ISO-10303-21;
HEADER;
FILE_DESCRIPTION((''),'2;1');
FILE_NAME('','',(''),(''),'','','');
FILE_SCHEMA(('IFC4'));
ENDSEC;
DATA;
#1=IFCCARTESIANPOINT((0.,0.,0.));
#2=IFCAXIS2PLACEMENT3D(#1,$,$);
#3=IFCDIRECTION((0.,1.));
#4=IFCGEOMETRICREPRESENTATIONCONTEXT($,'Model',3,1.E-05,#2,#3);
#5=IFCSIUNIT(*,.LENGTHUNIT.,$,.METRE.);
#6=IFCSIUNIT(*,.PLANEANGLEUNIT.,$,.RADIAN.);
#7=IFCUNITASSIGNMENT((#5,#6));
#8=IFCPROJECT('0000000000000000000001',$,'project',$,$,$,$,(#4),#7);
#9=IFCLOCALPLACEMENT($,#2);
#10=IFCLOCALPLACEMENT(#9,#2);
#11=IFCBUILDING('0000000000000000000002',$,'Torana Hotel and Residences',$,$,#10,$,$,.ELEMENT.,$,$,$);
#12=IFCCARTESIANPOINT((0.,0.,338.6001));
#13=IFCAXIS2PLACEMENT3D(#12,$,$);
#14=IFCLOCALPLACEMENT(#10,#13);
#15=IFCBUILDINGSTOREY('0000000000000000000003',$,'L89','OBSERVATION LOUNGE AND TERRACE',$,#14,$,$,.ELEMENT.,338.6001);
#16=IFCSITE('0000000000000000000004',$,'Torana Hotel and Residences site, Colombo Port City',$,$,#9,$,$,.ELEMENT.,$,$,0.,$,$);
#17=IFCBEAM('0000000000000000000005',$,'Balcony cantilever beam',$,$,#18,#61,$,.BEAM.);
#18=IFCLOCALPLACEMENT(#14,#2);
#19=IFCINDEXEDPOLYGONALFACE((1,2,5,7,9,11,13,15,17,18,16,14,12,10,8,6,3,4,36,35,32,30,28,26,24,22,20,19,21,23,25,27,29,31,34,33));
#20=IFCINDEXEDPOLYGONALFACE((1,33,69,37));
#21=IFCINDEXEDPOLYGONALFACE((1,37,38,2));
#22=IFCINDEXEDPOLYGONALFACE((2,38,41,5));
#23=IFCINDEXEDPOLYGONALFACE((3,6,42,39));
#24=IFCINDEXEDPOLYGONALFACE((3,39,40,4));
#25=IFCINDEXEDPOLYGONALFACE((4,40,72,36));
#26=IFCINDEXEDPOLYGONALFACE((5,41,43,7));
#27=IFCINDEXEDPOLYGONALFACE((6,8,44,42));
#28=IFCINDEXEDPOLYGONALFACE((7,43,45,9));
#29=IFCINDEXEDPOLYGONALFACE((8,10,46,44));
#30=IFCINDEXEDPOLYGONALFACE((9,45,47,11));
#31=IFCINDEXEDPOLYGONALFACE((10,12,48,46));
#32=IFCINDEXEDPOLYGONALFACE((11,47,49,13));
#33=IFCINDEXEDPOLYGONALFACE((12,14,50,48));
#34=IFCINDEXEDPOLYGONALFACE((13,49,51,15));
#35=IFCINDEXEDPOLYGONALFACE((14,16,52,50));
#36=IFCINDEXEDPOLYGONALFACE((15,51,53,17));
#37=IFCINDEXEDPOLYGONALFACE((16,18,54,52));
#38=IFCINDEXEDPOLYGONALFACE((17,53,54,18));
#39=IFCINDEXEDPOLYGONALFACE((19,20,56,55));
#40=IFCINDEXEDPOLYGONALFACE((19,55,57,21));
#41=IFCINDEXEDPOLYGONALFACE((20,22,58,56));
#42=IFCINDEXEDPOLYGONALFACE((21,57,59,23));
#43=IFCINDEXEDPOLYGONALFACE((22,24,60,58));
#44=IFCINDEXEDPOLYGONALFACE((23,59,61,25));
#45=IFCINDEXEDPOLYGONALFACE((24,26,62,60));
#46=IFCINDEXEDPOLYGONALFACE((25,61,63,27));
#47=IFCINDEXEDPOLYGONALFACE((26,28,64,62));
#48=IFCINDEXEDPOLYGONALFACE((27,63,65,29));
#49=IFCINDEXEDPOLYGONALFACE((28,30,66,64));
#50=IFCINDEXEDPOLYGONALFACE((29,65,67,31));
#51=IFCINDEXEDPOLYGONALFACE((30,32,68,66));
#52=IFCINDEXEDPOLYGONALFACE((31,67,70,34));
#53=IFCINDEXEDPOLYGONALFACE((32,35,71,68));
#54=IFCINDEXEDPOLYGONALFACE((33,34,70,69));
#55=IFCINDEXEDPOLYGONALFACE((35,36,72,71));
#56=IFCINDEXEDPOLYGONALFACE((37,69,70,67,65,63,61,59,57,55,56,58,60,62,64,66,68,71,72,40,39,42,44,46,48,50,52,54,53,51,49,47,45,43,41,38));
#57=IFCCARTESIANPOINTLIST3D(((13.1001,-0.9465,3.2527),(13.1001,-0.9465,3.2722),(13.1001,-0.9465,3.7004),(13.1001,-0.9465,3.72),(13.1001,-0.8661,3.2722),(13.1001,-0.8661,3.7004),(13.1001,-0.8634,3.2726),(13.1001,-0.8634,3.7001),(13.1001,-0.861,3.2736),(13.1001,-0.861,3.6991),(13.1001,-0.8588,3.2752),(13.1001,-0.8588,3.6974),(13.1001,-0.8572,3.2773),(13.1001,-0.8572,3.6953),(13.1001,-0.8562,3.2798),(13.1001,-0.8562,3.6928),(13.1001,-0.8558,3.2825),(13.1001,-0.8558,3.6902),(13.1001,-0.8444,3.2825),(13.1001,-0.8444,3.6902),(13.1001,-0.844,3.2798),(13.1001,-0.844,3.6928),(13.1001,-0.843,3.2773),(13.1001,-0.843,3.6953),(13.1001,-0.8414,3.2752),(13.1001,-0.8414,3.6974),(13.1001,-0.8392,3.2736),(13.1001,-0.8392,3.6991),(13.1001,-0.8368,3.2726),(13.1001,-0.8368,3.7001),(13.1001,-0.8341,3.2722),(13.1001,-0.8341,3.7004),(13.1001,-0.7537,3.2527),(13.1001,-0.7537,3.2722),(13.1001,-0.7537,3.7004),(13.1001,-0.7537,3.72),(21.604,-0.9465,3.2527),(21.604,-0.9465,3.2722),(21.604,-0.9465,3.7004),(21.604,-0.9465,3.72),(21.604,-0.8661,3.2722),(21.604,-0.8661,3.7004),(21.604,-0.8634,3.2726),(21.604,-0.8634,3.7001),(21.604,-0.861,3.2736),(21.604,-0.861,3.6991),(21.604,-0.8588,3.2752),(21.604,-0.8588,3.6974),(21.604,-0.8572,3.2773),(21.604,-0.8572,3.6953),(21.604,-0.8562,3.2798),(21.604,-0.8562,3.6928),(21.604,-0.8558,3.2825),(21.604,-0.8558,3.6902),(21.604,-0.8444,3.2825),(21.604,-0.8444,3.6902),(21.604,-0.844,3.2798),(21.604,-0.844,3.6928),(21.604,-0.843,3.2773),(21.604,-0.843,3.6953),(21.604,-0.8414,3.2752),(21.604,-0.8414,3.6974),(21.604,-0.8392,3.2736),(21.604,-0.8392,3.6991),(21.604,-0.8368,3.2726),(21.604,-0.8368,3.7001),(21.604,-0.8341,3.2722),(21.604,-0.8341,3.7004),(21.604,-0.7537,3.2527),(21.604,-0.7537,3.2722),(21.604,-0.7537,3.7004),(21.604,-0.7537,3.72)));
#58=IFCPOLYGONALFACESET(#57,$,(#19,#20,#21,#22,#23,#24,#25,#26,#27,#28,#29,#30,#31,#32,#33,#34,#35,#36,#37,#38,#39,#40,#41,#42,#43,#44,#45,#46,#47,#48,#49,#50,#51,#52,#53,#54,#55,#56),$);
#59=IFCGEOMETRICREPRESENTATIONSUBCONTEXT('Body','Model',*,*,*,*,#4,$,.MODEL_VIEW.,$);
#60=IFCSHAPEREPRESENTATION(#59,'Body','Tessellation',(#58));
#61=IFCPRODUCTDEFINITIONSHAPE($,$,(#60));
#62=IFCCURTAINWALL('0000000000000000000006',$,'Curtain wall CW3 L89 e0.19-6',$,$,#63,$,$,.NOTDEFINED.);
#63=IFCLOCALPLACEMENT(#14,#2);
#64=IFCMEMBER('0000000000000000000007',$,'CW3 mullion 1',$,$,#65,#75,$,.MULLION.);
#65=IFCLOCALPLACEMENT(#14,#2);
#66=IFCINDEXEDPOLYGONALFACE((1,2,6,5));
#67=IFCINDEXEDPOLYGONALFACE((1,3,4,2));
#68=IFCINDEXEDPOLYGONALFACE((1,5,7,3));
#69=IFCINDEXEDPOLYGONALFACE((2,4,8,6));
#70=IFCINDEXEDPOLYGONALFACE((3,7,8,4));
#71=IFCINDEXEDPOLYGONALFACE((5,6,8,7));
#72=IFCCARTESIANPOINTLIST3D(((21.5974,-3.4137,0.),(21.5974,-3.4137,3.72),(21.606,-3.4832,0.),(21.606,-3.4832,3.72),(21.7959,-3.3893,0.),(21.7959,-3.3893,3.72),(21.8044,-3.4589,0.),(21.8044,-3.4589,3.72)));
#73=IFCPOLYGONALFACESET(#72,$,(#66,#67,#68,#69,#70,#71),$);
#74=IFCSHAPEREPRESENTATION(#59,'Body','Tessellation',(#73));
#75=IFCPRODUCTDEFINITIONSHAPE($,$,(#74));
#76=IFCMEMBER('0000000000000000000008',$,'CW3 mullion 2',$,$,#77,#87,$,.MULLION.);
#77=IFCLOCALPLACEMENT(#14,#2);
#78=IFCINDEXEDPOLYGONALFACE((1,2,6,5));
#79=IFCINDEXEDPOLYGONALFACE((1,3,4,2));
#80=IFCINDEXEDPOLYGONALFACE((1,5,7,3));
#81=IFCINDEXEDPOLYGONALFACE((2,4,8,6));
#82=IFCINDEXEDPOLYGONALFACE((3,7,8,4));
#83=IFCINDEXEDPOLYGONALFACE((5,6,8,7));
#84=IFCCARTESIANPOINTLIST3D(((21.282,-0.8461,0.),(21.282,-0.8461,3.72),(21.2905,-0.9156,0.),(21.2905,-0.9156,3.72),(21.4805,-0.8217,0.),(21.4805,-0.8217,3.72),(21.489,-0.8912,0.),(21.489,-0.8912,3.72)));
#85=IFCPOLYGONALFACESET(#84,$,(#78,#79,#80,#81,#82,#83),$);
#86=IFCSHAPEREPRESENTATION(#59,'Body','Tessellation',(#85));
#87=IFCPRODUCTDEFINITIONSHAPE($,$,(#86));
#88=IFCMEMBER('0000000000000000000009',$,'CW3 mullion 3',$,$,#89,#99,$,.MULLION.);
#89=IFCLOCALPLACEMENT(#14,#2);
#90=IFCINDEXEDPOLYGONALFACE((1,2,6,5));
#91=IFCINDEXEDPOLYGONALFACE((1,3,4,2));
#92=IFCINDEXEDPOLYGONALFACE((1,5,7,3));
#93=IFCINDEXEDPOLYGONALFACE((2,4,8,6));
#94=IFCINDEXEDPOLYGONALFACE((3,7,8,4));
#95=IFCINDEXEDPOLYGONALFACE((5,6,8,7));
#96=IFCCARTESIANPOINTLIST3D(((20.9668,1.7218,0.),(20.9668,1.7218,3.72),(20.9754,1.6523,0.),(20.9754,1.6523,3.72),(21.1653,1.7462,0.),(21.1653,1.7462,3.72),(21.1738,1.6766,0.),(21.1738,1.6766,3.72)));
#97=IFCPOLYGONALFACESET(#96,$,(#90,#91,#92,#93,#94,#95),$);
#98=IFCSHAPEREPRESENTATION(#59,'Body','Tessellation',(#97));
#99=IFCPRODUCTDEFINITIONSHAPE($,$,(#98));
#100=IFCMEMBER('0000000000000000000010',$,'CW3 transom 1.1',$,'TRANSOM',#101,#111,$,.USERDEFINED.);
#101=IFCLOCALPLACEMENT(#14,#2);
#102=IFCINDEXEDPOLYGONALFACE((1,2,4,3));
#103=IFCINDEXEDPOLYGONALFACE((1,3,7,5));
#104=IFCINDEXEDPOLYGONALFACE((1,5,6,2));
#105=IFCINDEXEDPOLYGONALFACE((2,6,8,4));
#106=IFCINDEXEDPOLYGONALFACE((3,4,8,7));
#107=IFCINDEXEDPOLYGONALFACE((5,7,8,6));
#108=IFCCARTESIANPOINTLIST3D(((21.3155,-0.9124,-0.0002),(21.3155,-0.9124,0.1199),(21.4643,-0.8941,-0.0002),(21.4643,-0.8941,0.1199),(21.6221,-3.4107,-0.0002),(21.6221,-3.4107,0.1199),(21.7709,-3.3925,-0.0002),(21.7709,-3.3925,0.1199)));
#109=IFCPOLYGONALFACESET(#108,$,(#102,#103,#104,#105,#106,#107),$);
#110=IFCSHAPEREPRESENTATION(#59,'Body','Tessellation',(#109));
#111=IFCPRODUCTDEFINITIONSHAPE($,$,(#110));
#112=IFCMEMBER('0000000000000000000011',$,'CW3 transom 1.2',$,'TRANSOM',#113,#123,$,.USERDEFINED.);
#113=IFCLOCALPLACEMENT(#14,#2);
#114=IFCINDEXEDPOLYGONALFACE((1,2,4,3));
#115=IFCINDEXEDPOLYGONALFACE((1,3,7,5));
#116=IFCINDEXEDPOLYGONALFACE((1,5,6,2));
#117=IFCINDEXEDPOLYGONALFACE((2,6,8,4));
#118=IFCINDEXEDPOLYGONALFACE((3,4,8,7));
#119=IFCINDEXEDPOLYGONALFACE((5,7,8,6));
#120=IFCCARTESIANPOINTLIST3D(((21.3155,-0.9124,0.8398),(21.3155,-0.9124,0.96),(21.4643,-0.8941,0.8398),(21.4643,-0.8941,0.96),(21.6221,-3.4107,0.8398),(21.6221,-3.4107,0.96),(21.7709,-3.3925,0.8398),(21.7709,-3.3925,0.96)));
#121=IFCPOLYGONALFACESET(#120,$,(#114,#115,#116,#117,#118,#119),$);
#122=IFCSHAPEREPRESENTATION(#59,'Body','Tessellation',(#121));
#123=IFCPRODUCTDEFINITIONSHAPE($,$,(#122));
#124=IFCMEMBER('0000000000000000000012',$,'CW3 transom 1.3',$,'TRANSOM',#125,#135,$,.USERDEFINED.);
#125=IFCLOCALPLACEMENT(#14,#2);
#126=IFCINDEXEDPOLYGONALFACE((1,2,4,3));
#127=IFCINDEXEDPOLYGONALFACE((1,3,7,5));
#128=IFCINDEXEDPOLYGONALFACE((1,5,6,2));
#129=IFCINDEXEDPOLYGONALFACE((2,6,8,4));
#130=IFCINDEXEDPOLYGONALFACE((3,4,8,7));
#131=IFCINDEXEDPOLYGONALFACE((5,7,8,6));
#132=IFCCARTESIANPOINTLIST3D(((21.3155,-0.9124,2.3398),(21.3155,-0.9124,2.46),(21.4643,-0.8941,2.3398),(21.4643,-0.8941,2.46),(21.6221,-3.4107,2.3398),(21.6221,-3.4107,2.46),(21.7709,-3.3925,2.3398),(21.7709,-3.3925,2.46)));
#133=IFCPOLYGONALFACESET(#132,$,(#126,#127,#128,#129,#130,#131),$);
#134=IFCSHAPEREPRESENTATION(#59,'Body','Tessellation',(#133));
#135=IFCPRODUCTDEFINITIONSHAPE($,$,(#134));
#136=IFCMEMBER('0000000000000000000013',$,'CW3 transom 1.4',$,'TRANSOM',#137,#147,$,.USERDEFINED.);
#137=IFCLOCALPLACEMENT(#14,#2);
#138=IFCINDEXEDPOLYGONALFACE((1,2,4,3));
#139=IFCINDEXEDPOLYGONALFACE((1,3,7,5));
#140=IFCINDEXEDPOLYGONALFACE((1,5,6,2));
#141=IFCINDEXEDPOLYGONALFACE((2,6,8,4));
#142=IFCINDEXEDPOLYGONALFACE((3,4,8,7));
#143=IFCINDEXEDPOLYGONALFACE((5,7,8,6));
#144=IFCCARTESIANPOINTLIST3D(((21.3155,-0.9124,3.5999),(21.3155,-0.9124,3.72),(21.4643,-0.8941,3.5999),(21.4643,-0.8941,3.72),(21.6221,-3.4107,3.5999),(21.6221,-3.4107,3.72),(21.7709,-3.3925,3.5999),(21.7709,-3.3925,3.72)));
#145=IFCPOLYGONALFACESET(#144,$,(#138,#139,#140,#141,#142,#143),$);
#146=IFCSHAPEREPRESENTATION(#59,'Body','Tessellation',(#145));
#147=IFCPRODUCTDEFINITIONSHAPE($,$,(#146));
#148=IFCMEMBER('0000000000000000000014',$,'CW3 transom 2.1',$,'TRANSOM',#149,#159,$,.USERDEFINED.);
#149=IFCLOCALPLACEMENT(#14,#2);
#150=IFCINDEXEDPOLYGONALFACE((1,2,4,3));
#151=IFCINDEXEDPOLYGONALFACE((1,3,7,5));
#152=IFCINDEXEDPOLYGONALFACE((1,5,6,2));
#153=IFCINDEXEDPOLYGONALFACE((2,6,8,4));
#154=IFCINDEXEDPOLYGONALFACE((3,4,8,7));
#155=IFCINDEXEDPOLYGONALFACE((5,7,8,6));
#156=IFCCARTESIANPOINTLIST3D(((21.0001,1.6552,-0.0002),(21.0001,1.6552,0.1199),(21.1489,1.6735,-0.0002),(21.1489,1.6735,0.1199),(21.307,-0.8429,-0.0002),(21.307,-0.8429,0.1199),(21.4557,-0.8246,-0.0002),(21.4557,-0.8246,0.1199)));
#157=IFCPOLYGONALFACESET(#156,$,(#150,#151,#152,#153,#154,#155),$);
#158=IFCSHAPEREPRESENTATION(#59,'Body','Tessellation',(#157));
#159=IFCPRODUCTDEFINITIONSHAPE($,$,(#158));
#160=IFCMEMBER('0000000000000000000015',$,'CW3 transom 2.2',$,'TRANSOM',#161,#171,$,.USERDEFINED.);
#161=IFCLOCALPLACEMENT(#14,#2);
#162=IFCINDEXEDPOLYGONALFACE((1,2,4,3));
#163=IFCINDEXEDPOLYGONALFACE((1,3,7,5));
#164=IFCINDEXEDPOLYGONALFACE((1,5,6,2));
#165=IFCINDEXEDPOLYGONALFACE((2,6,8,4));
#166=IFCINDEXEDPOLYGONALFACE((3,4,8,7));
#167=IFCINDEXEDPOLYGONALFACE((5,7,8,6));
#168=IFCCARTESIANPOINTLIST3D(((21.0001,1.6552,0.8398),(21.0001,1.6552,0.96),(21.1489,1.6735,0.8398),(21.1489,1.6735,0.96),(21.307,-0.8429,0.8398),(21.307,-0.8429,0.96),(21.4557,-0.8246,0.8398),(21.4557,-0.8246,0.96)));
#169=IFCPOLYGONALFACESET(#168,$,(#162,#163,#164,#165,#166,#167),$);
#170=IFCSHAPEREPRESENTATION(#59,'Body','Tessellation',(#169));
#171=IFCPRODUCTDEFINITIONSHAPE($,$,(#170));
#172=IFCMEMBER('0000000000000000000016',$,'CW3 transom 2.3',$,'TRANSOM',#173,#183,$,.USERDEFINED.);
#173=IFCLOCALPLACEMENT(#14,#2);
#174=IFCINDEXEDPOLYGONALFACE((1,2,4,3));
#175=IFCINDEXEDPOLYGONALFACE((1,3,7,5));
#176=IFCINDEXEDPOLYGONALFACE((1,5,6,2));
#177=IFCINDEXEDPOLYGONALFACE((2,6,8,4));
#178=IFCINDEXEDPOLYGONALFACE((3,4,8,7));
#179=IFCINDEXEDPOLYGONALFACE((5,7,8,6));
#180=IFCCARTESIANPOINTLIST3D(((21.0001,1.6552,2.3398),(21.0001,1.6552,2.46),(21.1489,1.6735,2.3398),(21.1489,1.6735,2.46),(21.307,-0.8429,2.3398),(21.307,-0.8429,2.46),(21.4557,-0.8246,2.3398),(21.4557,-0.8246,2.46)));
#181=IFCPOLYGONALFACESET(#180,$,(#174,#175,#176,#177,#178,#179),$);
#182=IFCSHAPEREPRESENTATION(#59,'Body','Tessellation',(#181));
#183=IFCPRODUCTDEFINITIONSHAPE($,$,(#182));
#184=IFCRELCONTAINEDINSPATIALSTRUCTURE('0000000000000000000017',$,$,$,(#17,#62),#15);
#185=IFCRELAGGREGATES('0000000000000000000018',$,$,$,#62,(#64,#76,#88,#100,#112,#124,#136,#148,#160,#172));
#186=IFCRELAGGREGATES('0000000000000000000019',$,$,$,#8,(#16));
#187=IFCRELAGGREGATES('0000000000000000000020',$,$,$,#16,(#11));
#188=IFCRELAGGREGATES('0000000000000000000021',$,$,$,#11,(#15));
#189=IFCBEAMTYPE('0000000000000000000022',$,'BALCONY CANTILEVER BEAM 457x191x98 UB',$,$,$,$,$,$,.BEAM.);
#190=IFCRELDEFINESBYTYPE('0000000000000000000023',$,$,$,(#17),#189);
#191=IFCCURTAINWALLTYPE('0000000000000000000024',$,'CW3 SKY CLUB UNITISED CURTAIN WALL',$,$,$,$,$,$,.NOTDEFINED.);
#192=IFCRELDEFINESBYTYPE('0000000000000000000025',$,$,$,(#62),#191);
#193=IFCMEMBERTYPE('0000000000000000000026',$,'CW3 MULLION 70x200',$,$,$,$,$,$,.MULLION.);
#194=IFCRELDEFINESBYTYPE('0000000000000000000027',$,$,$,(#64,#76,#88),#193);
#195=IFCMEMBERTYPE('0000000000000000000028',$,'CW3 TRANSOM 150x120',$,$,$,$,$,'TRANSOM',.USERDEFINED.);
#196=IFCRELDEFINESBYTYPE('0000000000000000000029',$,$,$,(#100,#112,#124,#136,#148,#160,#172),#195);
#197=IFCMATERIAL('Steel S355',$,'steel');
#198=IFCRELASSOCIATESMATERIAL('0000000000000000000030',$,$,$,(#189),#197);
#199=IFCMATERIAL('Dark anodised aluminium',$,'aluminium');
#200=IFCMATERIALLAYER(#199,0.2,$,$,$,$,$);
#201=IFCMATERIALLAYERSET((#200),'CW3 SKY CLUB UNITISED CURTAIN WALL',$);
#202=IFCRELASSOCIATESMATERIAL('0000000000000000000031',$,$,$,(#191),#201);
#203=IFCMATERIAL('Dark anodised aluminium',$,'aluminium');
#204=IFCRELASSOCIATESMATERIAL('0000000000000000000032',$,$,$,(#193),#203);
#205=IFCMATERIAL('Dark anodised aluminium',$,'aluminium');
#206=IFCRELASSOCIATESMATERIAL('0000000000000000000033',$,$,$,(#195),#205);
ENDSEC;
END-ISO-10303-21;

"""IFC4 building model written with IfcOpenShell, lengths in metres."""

from ifc_helpers import new_model, si_unit, direction, frame, origin, origin_2d, place, context, subcontext, project, spatial, rectangle, i_section, extrude, material, layer, layer_set, material_profile, profile_set, type_object, element, aggregate, save


model = new_model("IFC4")

# Units and contexts
model_context = context("Model", 3, precision=1e-05, world=origin(), true_north=direction((0.0, 1.0)))
body_context = subcontext(model_context, "Body", "Model", "MODEL_VIEW")
ifc_project = project(units=[si_unit("LENGTHUNIT", "METRE"), si_unit("PLANEANGLEUNIT", "RADIAN")], contexts=[model_context])

# Site, building, storey
site_placement = place(None, origin())
site = spatial("IfcSite", under=ifc_project, at=site_placement, Name="Torana Hotel and Residences site, Colombo Port City", CompositionType="ELEMENT", RefElevation=0.0)
building_placement = place(site_placement, origin())
building = spatial("IfcBuilding", under=site, at=building_placement, Name="Torana Hotel and Residences", CompositionType="ELEMENT")
storey_placement = place(building_placement, frame((0.0, 0.0, 338.6001)))
storey = spatial("IfcBuildingStorey", under=building, at=storey_placement, Name="L89", Description="OBSERVATION LOUNGE AND TERRACE", CompositionType="ELEMENT", Elevation=338.6001)

# Beam
ifc_material_1 = material(Name="Steel S355", Category="steel")
ifc_material_profile_1 = material_profile(ifc_material_1, i_section(OverallWidth=0.1929, OverallDepth=0.4673, WebThickness=0.0115, FlangeThickness=0.0195, FilletRadius=0.0103, at=origin_2d()), Name="457x191x98 UB")
ifc_profile_set_1 = profile_set([ifc_material_profile_1], Name="Steel S355")
beam_type = type_object("IfcBeamType", Name="BALCONY CANTILEVER BEAM 457x191x98 UB", PredefinedType="BEAM", material=ifc_profile_set_1)
beam_placement = place(storey_placement, frame((21.604, -0.8501, 3.4863), z_axis=(-1.0, 0.0, 0.0), x_axis=(0.0, -1.0, 0.0)))
element("IfcBeam", 1, at=beam_placement, inside=storey, type_object=beam_type, Name="Balcony cantilever beam", PredefinedType="BEAM", context=body_context, shape_type="SweptSolid", body=[
    extrude(i_section(OverallWidth=0.1929, OverallDepth=0.4673, WebThickness=0.0115, FlangeThickness=0.0195, FilletRadius=0.0103, at=origin_2d()), origin(), (0.0, 0.0, 1.0), 8.5039),
])

# Curtain wall, members
ifc_material_2 = material(Name="Dark anodised aluminium", Category="aluminium")
ifc_layer_1 = layer(ifc_material_2, 0.2)
ifc_layer_set_1 = layer_set([ifc_layer_1], Name="CW3 SKY CLUB UNITISED CURTAIN WALL")
curtain_wall_type = type_object("IfcCurtainWallType", Name="CW3 SKY CLUB UNITISED CURTAIN WALL", PredefinedType="NOTDEFINED", material=ifc_layer_set_1)
curtain_wall_placement = place(storey_placement, origin())
curtain_wall = element("IfcCurtainWall", 2, at=curtain_wall_placement, inside=storey, type_object=curtain_wall_type, Name="Curtain wall CW3 L89 e0.19-6", PredefinedType="NOTDEFINED")
ifc_material_3 = material(Name="Dark anodised aluminium", Category="aluminium")
ifc_material_profile_2 = material_profile(ifc_material_3, rectangle(XDim=0.2, YDim=0.0701, at=origin_2d()), Name="CW3 MULLION 70x200")
ifc_profile_set_2 = profile_set([ifc_material_profile_2], Name="Dark anodised aluminium")
member_type_1 = type_object("IfcMemberType", Name="CW3 MULLION 70x200", PredefinedType="MULLION", material=ifc_profile_set_2)
member_1_placement = place(storey_placement, frame((21.7009, -3.4363, 0.0), z_axis=(0.0, 0.0, 1.0), x_axis=(-0.992546, -0.121871, 0.0)))
member_1 = element("IfcMember", 3, at=member_1_placement, type_object=member_type_1, Name="CW3 mullion 1", PredefinedType="MULLION", context=body_context, shape_type="SweptSolid", body=[
    extrude(rectangle(XDim=0.2, YDim=0.0701, at=origin_2d()), origin(), (0.0, 0.0, 1.0), 3.72),
])
member_2_placement = place(storey_placement, frame((21.3855, -0.8687, 0.0), z_axis=(0.0, 0.0, 1.0), x_axis=(-0.992546, -0.121871, 0.0)))
member_2 = element("IfcMember", 4, at=member_2_placement, type_object=member_type_1, Name="CW3 mullion 2", PredefinedType="MULLION", context=body_context, shape_type="SweptSolid", body=[
    extrude(rectangle(XDim=0.2, YDim=0.0701, at=origin_2d()), origin(), (0.0, 0.0, 1.0), 3.72),
])
member_3_placement = place(storey_placement, frame((21.0703, 1.6992, 0.0), z_axis=(0.0, 0.0, 1.0), x_axis=(-0.992546, -0.121871, 0.0)))
member_3 = element("IfcMember", 5, at=member_3_placement, type_object=member_type_1, Name="CW3 mullion 3", PredefinedType="MULLION", context=body_context, shape_type="SweptSolid", body=[
    extrude(rectangle(XDim=0.2, YDim=0.0701, at=origin_2d()), origin(), (0.0, 0.0, 1.0), 3.72),
])
ifc_material_4 = material(Name="Dark anodised aluminium", Category="aluminium")
ifc_material_profile_3 = material_profile(ifc_material_4, rectangle(XDim=0.1499, YDim=0.1201, at=origin_2d()), Name="CW3 TRANSOM 150x120")
ifc_profile_set_3 = profile_set([ifc_material_profile_3], Name="Dark anodised aluminium")
member_type_2 = type_object("IfcMemberType", Name="CW3 TRANSOM 150x120", ElementType="TRANSOM", PredefinedType="USERDEFINED", material=ifc_profile_set_3)
member_4_placement = place(storey_placement, frame((21.6965, -3.4016, 0.0598), z_axis=(-0.121826, 0.992551, 0.0), x_axis=(-0.992551, -0.121826, 0.0)))
member_4 = element("IfcMember", 6, at=member_4_placement, type_object=member_type_2, Name="CW3 transom 1.1", ObjectType="TRANSOM", PredefinedType="USERDEFINED", context=body_context, shape_type="SweptSolid", body=[
    extrude(rectangle(XDim=0.1499, YDim=0.1201, at=origin_2d()), origin(), (0.0, 0.0, 1.0), 2.5171),
])
member_5_placement = place(storey_placement, frame((21.6965, -3.4016, 0.8999), z_axis=(-0.121826, 0.992551, 0.0), x_axis=(-0.992551, -0.121826, 0.0)))
member_5 = element("IfcMember", 7, at=member_5_placement, type_object=member_type_2, Name="CW3 transom 1.2", ObjectType="TRANSOM", PredefinedType="USERDEFINED", context=body_context, shape_type="SweptSolid", body=[
    extrude(rectangle(XDim=0.1499, YDim=0.1201, at=origin_2d()), origin(), (0.0, 0.0, 1.0), 2.5171),
])
member_6_placement = place(storey_placement, frame((21.6965, -3.4016, 2.3999), z_axis=(-0.121826, 0.992551, 0.0), x_axis=(-0.992551, -0.121826, 0.0)))
member_6 = element("IfcMember", 8, at=member_6_placement, type_object=member_type_2, Name="CW3 transom 1.3", ObjectType="TRANSOM", PredefinedType="USERDEFINED", context=body_context, shape_type="SweptSolid", body=[
    extrude(rectangle(XDim=0.1499, YDim=0.1201, at=origin_2d()), origin(), (0.0, 0.0, 1.0), 2.5171),
])
member_7_placement = place(storey_placement, frame((21.6965, -3.4016, 3.6599), z_axis=(-0.121826, 0.992551, 0.0), x_axis=(-0.992551, -0.121826, 0.0)))
member_7 = element("IfcMember", 9, at=member_7_placement, type_object=member_type_2, Name="CW3 transom 1.4", ObjectType="TRANSOM", PredefinedType="USERDEFINED", context=body_context, shape_type="SweptSolid", body=[
    extrude(rectangle(XDim=0.1499, YDim=0.1201, at=origin_2d()), origin(), (0.0, 0.0, 1.0), 2.5171),
])
member_8_placement = place(storey_placement, frame((21.3813, -0.8337, 0.0598), z_axis=(-0.121933, 0.992538, 0.0), x_axis=(-0.992538, -0.121933, 0.0)))
member_8 = element("IfcMember", 10, at=member_8_placement, type_object=member_type_2, Name="CW3 transom 2.1", ObjectType="TRANSOM", PredefinedType="USERDEFINED", context=body_context, shape_type="SweptSolid", body=[
    extrude(rectangle(XDim=0.1499, YDim=0.1201, at=origin_2d()), origin(), (0.0, 0.0, 1.0), 2.5168),
])
member_9_placement = place(storey_placement, frame((21.3813, -0.8337, 0.8999), z_axis=(-0.121933, 0.992538, 0.0), x_axis=(-0.992538, -0.121933, 0.0)))
member_9 = element("IfcMember", 11, at=member_9_placement, type_object=member_type_2, Name="CW3 transom 2.2", ObjectType="TRANSOM", PredefinedType="USERDEFINED", context=body_context, shape_type="SweptSolid", body=[
    extrude(rectangle(XDim=0.1499, YDim=0.1201, at=origin_2d()), origin(), (0.0, 0.0, 1.0), 2.5168),
])
member_10_placement = place(storey_placement, frame((21.3813, -0.8337, 2.3999), z_axis=(-0.121933, 0.992538, 0.0), x_axis=(-0.992538, -0.121933, 0.0)))
member_10 = element("IfcMember", 12, at=member_10_placement, type_object=member_type_2, Name="CW3 transom 2.3", ObjectType="TRANSOM", PredefinedType="USERDEFINED", context=body_context, shape_type="SweptSolid", body=[
    extrude(rectangle(XDim=0.1499, YDim=0.1201, at=origin_2d()), origin(), (0.0, 0.0, 1.0), 2.5168),
])
aggregate(curtain_wall, [member_1, member_2, member_3, member_4, member_5, member_6, member_7, member_8, member_9, member_10])

save(model, "model.ifc")
